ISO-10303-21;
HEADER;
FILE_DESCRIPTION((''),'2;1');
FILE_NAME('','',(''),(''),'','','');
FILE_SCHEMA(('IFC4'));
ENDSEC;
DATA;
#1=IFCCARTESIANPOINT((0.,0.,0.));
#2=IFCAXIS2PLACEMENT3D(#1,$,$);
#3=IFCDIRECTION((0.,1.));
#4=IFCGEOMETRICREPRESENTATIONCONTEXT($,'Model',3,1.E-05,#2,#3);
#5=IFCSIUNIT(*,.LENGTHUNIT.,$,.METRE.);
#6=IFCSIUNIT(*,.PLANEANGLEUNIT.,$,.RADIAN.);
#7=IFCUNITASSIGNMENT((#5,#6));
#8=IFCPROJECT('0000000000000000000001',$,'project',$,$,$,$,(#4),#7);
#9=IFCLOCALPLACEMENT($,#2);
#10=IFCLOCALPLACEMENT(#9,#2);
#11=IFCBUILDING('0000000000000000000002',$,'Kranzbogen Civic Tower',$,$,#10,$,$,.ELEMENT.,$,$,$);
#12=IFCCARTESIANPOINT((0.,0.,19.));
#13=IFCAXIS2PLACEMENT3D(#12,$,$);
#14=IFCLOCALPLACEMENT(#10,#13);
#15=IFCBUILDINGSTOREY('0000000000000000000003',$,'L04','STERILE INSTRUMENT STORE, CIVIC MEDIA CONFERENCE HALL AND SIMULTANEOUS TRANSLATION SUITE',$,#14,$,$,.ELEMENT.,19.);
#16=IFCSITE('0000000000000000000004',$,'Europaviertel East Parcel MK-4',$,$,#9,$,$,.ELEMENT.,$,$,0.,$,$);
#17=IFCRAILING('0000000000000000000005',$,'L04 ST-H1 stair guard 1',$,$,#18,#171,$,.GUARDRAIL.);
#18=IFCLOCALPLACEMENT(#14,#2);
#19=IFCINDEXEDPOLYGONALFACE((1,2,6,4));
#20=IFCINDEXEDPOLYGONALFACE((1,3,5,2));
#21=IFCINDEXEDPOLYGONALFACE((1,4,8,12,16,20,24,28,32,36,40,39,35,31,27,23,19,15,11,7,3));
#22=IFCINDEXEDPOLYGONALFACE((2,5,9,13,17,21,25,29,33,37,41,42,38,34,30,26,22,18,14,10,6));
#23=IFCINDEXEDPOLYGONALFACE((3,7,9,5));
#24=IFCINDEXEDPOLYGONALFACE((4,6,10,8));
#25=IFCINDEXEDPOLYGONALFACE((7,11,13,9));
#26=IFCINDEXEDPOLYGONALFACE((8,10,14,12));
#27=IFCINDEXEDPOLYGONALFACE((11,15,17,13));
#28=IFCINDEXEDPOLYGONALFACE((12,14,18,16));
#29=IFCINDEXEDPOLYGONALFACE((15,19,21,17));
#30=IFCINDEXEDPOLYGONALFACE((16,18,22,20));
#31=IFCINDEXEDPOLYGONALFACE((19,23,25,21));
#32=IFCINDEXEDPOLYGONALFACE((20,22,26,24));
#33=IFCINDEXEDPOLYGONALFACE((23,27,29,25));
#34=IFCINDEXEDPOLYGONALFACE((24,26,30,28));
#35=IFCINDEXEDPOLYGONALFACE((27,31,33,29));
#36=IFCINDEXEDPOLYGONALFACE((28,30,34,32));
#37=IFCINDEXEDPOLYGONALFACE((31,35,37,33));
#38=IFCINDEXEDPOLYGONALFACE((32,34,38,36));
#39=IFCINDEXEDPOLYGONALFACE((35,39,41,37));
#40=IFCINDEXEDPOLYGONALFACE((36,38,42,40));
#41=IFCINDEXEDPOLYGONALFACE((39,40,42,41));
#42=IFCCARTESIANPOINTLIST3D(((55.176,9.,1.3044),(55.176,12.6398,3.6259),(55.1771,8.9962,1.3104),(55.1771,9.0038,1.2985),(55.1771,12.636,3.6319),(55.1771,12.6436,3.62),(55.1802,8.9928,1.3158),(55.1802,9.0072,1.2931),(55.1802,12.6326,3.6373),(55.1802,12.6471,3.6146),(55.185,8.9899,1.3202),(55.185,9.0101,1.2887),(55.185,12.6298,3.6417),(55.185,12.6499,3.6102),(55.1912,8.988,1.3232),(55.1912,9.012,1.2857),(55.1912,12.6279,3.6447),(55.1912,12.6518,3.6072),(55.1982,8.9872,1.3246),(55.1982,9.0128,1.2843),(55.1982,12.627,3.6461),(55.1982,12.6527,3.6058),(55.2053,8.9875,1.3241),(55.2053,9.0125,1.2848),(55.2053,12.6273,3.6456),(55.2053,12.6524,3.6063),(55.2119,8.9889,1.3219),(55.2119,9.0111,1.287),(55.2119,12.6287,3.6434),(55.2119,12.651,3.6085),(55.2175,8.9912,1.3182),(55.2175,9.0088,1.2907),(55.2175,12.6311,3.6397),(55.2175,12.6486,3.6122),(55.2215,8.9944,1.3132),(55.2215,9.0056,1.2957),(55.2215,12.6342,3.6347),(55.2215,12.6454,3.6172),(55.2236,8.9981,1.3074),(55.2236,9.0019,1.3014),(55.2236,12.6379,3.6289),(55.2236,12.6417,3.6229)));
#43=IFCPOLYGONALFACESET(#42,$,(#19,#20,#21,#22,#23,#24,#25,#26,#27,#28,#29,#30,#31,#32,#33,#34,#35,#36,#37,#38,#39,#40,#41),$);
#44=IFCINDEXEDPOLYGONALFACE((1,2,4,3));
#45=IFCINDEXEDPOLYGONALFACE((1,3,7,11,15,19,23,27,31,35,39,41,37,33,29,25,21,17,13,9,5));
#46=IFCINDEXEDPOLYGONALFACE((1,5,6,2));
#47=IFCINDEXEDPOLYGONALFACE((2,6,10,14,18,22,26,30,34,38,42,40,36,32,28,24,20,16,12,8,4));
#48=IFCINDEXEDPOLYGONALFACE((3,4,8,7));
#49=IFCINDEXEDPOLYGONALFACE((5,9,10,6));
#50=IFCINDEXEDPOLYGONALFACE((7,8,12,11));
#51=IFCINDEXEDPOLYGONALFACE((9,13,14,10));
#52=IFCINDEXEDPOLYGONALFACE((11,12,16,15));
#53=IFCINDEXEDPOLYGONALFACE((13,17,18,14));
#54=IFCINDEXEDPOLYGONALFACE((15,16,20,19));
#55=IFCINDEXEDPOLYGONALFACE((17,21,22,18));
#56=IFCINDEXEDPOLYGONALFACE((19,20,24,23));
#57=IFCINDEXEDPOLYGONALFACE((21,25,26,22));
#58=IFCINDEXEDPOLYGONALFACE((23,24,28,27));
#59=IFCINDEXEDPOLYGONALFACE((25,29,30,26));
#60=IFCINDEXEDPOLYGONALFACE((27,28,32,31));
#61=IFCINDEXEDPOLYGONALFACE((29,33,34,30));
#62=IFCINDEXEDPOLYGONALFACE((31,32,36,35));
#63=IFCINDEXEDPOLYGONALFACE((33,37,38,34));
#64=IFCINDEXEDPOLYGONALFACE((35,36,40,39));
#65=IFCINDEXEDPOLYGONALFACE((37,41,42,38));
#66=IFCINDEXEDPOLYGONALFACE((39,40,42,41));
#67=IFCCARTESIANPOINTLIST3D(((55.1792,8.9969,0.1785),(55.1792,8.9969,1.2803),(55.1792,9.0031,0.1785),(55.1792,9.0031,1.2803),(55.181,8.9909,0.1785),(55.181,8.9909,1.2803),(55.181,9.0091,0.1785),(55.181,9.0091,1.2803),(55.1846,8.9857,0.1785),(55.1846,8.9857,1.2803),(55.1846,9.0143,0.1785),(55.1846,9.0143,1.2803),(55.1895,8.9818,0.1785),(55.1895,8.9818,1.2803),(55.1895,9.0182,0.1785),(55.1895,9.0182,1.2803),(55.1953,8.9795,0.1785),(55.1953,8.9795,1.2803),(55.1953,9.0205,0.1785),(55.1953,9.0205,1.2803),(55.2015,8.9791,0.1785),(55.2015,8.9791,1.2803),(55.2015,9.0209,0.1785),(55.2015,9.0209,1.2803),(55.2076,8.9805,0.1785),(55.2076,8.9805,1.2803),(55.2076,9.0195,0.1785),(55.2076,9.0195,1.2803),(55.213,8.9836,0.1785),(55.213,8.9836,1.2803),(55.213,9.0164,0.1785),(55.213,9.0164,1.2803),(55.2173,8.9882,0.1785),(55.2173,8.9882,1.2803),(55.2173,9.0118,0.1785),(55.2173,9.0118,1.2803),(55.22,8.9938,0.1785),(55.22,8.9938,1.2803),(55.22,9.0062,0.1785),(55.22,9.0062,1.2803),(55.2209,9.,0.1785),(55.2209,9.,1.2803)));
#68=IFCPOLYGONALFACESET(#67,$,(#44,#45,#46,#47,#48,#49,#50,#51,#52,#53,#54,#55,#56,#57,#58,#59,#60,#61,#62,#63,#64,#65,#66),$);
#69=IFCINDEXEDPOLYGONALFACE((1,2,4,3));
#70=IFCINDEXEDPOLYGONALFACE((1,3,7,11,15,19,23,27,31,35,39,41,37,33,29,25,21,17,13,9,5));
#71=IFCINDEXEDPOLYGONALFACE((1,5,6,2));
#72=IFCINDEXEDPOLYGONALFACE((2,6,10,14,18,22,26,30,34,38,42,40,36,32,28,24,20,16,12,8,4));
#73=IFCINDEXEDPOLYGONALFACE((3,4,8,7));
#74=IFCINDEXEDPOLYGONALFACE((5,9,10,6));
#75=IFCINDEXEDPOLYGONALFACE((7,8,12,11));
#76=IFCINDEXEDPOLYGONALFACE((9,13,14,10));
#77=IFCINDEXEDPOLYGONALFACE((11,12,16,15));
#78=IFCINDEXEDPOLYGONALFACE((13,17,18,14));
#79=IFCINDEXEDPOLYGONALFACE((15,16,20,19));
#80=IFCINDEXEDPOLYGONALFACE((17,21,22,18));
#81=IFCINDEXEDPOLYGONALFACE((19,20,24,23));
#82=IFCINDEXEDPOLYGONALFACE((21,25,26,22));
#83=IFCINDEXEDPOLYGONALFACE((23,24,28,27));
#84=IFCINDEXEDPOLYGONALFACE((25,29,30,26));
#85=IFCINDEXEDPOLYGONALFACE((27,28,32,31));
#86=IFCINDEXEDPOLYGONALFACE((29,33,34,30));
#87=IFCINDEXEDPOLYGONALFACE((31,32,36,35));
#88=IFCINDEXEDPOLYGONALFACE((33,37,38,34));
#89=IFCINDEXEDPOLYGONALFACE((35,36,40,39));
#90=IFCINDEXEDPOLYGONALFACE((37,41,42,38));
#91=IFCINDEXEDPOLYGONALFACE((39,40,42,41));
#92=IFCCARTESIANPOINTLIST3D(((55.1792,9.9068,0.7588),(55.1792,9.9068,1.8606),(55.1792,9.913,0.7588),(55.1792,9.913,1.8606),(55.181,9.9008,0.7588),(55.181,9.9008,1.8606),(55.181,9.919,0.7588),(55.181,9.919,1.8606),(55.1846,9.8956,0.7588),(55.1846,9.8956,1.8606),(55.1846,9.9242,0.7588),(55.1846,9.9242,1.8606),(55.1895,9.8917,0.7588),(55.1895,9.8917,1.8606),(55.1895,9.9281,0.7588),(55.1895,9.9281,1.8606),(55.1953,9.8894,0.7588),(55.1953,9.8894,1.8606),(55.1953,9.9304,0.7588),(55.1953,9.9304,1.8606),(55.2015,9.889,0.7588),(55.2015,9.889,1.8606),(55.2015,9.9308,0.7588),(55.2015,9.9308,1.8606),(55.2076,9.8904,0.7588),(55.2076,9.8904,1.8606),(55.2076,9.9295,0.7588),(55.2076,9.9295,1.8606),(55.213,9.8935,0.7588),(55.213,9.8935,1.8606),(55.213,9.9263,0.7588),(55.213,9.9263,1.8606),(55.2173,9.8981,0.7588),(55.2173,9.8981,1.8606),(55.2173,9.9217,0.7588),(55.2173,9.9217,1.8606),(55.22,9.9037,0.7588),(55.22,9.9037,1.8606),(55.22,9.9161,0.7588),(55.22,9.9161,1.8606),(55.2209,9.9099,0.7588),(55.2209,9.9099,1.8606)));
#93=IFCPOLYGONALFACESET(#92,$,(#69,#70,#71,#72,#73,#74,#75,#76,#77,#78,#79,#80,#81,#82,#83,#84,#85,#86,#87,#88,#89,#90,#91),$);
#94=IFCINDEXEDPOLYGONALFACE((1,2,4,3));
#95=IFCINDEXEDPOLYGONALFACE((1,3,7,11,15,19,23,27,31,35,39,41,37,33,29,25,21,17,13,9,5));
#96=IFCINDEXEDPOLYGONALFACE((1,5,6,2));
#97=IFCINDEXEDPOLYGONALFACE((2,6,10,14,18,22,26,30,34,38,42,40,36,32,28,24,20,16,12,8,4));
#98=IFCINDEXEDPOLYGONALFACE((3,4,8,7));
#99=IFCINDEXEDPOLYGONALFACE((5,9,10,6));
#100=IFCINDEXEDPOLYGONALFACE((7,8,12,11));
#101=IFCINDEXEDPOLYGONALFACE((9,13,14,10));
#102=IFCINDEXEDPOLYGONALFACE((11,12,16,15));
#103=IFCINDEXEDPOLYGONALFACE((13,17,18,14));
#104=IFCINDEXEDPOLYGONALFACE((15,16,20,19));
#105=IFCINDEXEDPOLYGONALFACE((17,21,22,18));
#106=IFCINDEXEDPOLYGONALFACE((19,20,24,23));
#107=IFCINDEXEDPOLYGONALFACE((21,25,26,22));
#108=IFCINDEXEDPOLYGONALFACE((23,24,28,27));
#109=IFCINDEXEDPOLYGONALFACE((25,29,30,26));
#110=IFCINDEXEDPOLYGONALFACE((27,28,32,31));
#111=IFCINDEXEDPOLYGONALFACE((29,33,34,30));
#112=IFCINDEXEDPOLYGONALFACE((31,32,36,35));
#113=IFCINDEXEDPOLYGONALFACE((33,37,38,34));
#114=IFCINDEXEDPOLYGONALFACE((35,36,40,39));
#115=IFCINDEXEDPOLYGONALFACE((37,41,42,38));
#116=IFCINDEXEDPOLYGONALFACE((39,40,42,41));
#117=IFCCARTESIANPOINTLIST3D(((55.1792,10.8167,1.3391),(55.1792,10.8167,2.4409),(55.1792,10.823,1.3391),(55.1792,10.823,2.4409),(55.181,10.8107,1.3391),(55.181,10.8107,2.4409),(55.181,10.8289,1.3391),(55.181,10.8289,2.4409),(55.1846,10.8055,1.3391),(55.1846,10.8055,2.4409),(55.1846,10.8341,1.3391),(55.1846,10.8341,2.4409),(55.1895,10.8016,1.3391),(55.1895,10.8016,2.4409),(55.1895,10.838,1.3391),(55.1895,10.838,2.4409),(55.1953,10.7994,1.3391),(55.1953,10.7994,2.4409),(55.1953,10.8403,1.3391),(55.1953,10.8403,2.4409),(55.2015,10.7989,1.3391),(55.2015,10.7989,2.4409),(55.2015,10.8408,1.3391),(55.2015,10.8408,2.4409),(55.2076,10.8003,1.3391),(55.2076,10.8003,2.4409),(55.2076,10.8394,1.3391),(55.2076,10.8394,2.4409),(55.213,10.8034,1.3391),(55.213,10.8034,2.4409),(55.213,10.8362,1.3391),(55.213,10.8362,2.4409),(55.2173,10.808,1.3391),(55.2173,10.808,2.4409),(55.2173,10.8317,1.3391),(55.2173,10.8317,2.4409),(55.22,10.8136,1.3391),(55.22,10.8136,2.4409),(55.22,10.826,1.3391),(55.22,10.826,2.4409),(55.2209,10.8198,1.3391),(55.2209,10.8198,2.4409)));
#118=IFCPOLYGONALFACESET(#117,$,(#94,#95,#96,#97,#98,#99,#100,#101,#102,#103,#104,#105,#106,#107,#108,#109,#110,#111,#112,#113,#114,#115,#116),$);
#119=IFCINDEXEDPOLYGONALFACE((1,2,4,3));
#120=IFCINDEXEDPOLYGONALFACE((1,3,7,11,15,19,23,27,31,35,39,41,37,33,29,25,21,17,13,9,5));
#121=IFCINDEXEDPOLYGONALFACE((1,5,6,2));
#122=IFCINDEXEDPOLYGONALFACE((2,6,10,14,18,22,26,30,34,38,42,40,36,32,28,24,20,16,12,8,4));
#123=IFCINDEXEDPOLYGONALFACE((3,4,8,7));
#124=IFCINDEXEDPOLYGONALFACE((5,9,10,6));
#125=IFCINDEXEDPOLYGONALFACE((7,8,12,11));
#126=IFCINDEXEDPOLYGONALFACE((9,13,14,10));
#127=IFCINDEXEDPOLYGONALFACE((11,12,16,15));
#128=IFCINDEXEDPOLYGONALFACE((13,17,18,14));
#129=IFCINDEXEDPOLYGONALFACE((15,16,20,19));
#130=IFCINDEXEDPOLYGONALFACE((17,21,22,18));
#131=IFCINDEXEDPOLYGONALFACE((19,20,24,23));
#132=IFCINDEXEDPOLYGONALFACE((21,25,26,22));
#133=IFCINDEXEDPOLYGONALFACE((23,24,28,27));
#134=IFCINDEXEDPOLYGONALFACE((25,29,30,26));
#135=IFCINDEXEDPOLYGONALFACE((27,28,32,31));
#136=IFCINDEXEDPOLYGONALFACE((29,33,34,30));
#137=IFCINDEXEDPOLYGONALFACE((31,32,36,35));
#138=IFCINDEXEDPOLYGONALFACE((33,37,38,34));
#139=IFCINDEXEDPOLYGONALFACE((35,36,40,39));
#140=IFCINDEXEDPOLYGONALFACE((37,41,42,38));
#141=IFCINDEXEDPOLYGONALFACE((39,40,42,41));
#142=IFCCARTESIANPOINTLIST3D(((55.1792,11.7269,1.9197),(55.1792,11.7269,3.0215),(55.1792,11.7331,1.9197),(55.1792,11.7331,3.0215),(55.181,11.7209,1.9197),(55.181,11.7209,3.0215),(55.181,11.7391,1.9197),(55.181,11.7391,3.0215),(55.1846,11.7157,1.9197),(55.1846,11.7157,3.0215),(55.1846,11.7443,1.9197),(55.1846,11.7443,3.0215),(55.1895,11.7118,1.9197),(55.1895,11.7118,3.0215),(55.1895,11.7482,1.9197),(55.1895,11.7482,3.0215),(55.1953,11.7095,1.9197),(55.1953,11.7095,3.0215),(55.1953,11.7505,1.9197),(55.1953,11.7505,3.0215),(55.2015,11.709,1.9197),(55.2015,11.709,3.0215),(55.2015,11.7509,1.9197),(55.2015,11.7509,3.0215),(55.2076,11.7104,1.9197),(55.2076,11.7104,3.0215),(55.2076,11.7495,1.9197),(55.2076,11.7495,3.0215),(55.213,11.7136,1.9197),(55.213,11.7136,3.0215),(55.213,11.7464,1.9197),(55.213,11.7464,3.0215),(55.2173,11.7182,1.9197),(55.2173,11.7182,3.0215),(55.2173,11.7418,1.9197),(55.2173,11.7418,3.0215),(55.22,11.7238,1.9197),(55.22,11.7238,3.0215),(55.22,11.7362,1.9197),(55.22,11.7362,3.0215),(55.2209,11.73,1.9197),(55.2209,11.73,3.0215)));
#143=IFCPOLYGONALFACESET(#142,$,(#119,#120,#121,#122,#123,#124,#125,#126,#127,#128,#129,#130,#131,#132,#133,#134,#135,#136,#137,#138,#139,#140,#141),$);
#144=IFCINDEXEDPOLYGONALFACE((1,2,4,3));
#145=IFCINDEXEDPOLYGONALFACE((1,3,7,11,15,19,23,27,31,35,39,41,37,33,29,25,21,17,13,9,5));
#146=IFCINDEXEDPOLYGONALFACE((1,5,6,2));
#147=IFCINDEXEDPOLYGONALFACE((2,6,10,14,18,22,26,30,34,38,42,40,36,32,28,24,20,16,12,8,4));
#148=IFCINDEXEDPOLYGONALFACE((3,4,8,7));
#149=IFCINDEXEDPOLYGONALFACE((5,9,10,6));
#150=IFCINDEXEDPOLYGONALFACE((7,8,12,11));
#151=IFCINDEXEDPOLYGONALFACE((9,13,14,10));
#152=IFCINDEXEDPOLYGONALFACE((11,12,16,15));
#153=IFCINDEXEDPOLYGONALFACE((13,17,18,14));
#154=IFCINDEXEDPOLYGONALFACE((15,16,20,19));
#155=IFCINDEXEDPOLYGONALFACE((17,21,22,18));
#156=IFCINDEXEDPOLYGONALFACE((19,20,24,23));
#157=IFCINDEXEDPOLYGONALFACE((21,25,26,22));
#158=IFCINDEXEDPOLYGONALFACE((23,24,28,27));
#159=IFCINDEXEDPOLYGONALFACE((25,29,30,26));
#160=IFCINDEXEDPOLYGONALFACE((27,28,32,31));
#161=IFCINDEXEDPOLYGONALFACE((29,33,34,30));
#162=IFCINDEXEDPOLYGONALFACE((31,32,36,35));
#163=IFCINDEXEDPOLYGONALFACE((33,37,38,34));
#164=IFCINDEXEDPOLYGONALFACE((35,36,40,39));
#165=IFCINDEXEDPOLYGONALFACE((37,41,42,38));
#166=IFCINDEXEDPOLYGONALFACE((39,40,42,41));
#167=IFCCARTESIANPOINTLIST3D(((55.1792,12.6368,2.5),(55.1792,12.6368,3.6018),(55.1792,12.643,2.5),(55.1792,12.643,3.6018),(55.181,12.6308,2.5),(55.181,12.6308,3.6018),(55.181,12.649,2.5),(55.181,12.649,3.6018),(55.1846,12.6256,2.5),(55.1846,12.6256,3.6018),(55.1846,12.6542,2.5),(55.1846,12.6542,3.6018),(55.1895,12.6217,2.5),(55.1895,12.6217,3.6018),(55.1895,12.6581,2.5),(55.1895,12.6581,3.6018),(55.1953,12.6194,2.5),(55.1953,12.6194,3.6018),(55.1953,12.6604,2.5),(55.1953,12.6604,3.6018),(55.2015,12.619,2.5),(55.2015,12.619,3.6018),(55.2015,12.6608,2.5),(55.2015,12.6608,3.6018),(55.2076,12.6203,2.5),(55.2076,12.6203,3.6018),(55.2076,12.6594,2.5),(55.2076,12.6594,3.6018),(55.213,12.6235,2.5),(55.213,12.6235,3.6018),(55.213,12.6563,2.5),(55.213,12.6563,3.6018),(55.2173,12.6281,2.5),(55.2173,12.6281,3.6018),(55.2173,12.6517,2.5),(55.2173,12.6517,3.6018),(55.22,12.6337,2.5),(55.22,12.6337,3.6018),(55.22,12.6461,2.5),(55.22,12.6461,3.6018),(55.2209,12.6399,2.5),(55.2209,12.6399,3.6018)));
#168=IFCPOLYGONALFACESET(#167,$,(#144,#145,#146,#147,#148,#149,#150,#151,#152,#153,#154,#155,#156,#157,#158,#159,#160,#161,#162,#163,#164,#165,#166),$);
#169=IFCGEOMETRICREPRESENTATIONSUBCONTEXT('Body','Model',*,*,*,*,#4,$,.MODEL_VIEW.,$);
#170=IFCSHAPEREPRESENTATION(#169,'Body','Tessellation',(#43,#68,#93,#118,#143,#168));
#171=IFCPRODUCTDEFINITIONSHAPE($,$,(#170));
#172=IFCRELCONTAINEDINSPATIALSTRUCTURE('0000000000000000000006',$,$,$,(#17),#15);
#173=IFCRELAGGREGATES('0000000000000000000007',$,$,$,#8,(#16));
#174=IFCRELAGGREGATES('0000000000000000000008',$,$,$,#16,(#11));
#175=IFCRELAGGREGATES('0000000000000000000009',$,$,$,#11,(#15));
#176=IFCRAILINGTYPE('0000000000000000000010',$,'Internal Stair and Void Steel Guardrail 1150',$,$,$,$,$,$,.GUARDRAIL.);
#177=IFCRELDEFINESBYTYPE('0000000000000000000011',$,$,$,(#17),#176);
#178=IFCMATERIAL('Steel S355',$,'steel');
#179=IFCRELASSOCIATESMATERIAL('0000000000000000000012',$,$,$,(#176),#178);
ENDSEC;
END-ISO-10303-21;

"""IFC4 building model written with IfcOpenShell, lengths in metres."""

from ifc_helpers import new_model, si_unit, direction, frame, origin, origin_2d, place, context, subcontext, project, spatial, circle, extrude, material, type_object, element, save


model = new_model("IFC4")

# Units and contexts
model_context = context("Model", 3, precision=1e-05, world=origin(), true_north=direction((0.0, 1.0)))
body_context = subcontext(model_context, "Body", "Model", "MODEL_VIEW")
ifc_project = project(units=[si_unit("LENGTHUNIT", "METRE"), si_unit("PLANEANGLEUNIT", "RADIAN")], contexts=[model_context])

# Site, building, storey
site_placement = place(None, origin())
site = spatial("IfcSite", under=ifc_project, at=site_placement, Name="Europaviertel East Parcel MK-4", CompositionType="ELEMENT", RefElevation=0.0)
building_placement = place(site_placement, origin())
building = spatial("IfcBuilding", under=site, at=building_placement, Name="Kranzbogen Civic Tower", CompositionType="ELEMENT")
storey_placement = place(building_placement, frame((0.0, 0.0, 19.0)))
storey = spatial("IfcBuildingStorey", under=building, at=storey_placement, Name="L04", Description="STERILE INSTRUMENT STORE, CIVIC MEDIA CONFERENCE HALL AND SIMULTANEOUS TRANSLATION SUITE", CompositionType="ELEMENT", Elevation=19.0)

# Shared definitions
ifc_material_1 = material(Name="Steel S355", Category="steel")

# Railing
railing_type_1 = type_object("IfcRailingType", Name="Internal Stair and Void Steel Guardrail 1150", PredefinedType="GUARDRAIL", material=ifc_material_1)
railing_1_placement = place(storey_placement, frame((55.2, 9.0, 0.1785)))
element("IfcRailing", 1, at=railing_1_placement, inside=storey, type_object=railing_type_1, Name="L04 ST-H1 stair guard 1", PredefinedType="GUARDRAIL", context=body_context, shape_type="SweptSolid", body=[
    extrude(circle(Radius=0.0239, at=origin_2d()), frame((0.0, 0.0, 1.126), z_axis=(0.0, 0.843112, 0.537739), x_axis=(-1.0, 0.0, 0.0)), (0.0, 0.0, 1.0), 4.3171),
    extrude(circle(Radius=0.021, at=origin_2d()), origin(), (0.0, 0.0, 1.0), 1.1018),
    extrude(circle(Radius=0.021, at=origin_2d()), frame((0.0, 0.9099, 0.5803)), (0.0, 0.0, 1.0), 1.1018),
    extrude(circle(Radius=0.021, at=origin_2d()), frame((0.0, 1.8198, 1.1606)), (0.0, 0.0, 1.0), 1.1018),
    extrude(circle(Radius=0.021, at=origin_2d()), frame((0.0, 2.73, 1.7412)), (0.0, 0.0, 1.0), 1.1018),
    extrude(circle(Radius=0.021, at=origin_2d()), frame((0.0, 3.6399, 2.3215)), (0.0, 0.0, 1.0), 1.1018),
])

save(model, "model.ifc")
